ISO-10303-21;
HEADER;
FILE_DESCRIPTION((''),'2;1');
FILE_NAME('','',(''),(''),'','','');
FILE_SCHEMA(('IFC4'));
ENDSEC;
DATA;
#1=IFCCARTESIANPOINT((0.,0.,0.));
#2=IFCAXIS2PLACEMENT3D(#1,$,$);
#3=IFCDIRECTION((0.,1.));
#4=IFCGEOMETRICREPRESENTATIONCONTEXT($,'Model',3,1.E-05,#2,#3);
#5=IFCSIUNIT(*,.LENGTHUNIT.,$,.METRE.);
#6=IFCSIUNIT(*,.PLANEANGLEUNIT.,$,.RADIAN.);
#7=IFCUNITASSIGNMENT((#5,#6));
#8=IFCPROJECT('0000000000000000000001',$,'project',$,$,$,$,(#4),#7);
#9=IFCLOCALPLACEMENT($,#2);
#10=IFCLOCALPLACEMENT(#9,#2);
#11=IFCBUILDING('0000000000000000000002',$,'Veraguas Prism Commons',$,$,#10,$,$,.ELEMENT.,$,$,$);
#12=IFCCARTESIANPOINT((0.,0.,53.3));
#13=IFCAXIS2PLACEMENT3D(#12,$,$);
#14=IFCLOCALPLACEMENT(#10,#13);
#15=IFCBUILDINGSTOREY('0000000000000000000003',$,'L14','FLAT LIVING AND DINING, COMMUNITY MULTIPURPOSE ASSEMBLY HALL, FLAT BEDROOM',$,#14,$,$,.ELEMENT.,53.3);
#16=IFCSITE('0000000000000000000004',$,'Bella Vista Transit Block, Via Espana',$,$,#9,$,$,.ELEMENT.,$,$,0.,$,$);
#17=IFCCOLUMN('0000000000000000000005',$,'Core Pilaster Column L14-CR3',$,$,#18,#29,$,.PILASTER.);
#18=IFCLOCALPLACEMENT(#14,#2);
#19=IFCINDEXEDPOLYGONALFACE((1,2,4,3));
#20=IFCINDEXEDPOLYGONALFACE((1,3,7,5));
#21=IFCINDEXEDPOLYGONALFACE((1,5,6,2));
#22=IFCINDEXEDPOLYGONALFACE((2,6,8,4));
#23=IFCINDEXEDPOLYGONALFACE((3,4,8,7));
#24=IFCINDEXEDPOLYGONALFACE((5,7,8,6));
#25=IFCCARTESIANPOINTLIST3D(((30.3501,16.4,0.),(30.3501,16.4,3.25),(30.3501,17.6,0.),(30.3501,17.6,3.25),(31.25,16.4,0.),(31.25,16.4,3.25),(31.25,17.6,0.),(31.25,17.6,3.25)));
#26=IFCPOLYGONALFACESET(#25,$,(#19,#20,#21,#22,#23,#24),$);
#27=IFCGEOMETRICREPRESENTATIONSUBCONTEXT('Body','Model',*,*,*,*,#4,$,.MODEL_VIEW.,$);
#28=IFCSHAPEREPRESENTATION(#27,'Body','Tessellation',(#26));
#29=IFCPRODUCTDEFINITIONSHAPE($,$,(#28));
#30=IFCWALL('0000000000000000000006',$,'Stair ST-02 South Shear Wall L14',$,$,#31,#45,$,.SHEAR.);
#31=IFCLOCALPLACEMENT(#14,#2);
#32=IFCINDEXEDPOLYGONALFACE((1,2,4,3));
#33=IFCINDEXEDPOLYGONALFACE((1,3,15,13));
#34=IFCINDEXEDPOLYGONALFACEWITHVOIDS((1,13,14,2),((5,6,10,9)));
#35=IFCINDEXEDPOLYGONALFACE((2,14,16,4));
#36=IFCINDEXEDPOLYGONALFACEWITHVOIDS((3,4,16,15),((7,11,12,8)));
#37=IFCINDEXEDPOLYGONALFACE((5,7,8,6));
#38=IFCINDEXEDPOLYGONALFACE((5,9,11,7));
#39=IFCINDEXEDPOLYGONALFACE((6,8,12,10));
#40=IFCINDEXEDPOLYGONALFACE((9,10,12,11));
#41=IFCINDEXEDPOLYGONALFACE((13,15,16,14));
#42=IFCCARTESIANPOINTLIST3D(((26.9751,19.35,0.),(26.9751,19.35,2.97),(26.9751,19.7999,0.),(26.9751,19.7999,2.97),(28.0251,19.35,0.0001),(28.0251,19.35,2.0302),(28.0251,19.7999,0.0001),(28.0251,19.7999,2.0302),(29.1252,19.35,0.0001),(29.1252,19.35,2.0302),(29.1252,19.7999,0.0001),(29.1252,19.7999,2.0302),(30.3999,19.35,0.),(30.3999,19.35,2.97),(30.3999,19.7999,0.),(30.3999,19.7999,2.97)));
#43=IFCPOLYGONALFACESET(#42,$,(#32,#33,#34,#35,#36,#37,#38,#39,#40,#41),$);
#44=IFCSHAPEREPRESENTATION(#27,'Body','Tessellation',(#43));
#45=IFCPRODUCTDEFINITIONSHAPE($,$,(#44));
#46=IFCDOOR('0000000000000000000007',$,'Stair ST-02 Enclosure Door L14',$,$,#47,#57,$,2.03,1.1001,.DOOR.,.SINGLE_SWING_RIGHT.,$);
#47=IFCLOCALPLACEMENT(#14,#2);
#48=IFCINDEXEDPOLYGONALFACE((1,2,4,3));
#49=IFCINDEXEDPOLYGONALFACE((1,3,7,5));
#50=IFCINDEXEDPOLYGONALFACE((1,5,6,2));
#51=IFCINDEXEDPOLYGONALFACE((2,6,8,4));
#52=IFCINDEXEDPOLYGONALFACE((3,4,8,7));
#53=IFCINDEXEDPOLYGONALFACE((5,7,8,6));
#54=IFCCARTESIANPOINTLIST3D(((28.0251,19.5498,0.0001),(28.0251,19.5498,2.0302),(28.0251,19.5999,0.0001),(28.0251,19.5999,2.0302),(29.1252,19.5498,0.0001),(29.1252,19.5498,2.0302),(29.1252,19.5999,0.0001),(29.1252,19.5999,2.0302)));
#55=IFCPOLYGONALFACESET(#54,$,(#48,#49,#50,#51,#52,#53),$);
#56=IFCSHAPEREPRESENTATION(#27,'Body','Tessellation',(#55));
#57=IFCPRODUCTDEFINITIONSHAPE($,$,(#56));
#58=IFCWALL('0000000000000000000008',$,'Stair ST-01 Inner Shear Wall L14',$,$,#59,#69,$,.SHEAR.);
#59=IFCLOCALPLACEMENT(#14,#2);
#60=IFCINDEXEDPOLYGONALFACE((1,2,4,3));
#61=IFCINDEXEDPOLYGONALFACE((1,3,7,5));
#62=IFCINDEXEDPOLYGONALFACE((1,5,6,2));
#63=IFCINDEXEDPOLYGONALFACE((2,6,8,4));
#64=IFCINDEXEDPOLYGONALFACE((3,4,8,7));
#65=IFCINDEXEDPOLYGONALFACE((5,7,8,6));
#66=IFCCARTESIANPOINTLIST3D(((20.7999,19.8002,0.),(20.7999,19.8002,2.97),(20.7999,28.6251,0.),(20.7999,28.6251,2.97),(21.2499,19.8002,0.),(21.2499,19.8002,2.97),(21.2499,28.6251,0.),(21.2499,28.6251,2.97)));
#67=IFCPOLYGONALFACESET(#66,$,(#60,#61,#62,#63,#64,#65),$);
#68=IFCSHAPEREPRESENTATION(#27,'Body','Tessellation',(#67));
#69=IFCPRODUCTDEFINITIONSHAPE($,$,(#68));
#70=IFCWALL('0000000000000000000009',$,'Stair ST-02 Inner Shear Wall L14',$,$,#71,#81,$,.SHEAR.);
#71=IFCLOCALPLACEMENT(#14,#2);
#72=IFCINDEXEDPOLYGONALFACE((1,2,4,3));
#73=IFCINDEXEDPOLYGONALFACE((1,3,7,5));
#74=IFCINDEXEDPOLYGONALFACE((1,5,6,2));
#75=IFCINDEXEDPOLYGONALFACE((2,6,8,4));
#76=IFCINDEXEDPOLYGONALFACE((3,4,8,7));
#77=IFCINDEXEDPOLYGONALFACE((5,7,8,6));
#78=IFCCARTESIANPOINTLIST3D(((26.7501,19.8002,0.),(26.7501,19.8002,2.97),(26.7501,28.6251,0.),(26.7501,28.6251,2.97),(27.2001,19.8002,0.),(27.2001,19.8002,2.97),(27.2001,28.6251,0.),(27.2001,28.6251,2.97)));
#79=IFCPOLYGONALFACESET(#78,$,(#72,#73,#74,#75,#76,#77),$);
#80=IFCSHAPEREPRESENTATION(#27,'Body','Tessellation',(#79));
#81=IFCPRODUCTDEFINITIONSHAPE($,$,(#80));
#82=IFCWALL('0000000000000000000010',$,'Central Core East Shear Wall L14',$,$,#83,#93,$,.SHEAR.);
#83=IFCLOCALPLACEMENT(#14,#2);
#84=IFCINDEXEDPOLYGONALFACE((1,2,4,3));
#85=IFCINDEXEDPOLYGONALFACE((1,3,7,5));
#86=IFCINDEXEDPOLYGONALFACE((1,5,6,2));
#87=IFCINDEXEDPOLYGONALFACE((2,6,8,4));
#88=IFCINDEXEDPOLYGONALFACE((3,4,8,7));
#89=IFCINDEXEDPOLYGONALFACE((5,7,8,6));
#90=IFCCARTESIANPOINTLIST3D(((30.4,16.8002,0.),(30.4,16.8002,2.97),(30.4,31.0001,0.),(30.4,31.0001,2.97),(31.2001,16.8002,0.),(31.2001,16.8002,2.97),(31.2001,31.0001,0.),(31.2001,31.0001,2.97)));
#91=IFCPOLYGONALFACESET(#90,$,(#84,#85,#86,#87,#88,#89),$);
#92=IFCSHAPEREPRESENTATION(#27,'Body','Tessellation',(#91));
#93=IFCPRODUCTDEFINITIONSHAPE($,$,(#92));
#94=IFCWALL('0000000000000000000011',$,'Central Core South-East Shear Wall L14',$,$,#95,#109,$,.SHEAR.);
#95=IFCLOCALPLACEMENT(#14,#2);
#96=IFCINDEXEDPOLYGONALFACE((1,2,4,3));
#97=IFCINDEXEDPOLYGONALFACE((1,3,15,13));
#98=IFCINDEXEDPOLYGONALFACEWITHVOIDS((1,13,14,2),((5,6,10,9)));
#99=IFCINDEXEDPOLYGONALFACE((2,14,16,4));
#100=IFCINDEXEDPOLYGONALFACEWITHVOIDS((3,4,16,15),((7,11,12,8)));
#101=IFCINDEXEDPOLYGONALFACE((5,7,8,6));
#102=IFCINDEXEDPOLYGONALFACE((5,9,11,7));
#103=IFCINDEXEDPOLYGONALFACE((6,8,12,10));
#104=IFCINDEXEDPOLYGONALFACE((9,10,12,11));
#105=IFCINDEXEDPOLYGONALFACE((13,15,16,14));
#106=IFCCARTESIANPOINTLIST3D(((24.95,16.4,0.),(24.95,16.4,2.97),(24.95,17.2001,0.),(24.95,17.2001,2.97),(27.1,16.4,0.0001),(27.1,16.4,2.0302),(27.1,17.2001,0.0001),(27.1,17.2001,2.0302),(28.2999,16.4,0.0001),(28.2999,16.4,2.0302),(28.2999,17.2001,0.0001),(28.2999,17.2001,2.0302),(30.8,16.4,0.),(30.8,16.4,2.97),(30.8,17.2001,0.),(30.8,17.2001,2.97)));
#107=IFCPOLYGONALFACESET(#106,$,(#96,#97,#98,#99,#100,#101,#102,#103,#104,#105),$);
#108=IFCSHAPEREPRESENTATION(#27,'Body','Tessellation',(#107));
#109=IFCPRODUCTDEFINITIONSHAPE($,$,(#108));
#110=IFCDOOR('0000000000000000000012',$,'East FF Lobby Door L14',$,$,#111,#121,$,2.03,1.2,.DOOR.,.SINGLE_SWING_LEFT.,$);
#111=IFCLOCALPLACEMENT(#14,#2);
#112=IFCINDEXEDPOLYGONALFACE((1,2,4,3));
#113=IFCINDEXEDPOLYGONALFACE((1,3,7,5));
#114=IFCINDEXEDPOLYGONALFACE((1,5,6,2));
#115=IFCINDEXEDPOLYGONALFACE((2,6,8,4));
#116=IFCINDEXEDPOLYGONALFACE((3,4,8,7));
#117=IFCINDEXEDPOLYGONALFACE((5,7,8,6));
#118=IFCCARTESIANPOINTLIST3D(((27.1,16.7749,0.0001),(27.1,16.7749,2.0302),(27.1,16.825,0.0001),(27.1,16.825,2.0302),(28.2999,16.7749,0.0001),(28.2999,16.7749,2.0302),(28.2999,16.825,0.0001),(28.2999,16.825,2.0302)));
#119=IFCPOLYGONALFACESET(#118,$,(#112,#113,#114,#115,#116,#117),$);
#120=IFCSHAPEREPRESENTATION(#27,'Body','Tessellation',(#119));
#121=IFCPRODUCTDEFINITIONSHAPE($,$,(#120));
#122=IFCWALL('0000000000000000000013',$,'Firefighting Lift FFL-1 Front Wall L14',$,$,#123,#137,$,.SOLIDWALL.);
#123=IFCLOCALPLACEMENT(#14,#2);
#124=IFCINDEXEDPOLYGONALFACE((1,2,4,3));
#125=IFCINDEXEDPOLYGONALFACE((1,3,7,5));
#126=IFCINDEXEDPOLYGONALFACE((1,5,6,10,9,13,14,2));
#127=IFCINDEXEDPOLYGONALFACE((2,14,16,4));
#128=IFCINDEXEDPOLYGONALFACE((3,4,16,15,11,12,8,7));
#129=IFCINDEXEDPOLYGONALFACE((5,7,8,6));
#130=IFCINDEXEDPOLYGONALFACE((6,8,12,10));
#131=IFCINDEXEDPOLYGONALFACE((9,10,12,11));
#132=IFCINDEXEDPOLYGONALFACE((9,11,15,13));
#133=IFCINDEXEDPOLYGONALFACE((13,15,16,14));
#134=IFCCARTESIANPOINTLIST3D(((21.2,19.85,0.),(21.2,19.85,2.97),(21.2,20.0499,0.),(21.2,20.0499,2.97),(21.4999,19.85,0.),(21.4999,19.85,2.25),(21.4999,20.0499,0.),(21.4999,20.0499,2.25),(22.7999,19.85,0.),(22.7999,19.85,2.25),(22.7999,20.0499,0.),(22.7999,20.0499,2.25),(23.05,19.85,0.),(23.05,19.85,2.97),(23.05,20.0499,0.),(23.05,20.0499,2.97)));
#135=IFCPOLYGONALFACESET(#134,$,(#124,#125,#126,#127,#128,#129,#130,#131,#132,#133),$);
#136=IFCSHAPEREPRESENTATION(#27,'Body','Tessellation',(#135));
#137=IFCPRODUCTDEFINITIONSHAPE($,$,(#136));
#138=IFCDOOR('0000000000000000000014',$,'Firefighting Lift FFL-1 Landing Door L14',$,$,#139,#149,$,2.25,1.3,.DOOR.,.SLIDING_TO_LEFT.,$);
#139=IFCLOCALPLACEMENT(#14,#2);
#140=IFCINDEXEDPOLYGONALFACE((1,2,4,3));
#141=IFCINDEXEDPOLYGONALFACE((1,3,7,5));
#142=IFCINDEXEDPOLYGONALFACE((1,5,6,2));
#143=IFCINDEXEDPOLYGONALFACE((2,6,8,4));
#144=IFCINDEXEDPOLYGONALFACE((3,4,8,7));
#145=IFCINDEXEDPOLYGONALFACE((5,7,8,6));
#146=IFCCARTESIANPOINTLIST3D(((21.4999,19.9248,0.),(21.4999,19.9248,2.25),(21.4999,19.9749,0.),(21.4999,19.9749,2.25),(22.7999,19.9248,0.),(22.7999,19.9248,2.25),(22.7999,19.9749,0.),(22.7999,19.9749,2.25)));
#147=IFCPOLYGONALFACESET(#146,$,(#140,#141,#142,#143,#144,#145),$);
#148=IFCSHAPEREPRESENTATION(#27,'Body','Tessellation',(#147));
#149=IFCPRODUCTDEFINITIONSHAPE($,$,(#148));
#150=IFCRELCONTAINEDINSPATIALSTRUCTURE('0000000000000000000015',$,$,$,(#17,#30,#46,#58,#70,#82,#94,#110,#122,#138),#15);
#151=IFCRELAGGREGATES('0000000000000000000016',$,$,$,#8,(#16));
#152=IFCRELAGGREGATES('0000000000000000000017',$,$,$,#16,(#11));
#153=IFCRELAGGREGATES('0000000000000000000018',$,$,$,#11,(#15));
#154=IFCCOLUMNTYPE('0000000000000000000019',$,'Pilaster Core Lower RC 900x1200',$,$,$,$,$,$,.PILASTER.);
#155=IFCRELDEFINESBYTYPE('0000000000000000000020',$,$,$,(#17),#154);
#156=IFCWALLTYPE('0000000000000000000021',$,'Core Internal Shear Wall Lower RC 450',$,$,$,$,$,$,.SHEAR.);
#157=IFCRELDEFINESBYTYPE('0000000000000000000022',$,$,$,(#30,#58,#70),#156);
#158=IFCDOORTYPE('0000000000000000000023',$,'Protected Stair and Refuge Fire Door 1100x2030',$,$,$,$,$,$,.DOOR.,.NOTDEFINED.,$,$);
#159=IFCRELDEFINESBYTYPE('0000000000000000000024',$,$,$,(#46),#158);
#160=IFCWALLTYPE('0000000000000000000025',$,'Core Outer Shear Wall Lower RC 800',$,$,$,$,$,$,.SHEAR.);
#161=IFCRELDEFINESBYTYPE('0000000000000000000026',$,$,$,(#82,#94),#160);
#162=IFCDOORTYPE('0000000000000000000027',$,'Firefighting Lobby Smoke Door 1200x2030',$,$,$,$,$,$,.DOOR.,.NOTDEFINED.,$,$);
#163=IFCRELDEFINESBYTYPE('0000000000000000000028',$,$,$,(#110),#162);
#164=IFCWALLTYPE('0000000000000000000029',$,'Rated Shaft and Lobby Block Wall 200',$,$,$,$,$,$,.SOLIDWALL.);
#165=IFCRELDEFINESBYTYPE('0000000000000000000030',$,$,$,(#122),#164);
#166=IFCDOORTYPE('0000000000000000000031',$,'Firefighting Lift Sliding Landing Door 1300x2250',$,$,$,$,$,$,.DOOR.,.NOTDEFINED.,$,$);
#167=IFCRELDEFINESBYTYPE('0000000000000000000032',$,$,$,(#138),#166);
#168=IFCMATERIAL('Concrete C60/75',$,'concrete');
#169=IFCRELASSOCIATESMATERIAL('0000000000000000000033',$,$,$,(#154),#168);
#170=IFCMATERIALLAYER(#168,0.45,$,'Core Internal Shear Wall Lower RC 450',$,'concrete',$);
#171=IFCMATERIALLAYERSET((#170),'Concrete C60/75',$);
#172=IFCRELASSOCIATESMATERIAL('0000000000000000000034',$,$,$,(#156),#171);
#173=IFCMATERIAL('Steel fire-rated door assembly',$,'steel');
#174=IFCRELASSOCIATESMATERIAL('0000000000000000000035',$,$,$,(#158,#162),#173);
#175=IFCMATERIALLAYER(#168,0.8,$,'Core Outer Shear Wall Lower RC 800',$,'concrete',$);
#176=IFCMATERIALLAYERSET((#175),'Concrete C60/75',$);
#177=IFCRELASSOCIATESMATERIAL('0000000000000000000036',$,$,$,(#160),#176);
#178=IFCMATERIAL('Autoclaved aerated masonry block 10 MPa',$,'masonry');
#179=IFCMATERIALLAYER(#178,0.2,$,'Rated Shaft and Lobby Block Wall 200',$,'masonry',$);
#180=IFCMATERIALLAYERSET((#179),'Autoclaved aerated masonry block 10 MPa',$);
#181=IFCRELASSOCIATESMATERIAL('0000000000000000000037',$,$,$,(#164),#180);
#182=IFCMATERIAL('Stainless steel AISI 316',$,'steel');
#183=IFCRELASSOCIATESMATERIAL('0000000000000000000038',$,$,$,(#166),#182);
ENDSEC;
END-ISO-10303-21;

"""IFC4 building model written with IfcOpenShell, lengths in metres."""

from ifc_helpers import new_model, si_unit, direction, frame, frame_2d, origin, origin_2d, place, context, subcontext, project, spatial, rectangle, extrude, source, transform, mapped, material, layer, layer_set, material_profile, profile_set, type_object, element, fill, save


model = new_model("IFC4")

# Units and contexts
model_context = context("Model", 3, precision=1e-05, world=origin(), true_north=direction((0.0, 1.0)))
body_context = subcontext(model_context, "Body", "Model", "MODEL_VIEW")
ifc_project = project(units=[si_unit("LENGTHUNIT", "METRE"), si_unit("PLANEANGLEUNIT", "RADIAN")], contexts=[model_context])

# Site, building, storey
site_placement = place(None, origin())
site = spatial("IfcSite", under=ifc_project, at=site_placement, Name="Bella Vista Transit Block, Via Espana", CompositionType="ELEMENT", RefElevation=0.0)
building_placement = place(site_placement, origin())
building = spatial("IfcBuilding", under=site, at=building_placement, Name="Veraguas Prism Commons", CompositionType="ELEMENT")
storey_placement = place(building_placement, frame((0.0, 0.0, 53.3)))
storey = spatial("IfcBuildingStorey", under=building, at=storey_placement, Name="L14", Description="FLAT LIVING AND DINING, COMMUNITY MULTIPURPOSE ASSEMBLY HALL, FLAT BEDROOM", CompositionType="ELEMENT", Elevation=53.3)

# Column
ifc_material_1 = material(Name="Concrete C60/75", Category="concrete")
ifc_material_profile = material_profile(ifc_material_1, rectangle(XDim=0.8999, YDim=1.2, at=origin_2d()), Name="RC900X1200")
ifc_profile_set = profile_set([ifc_material_profile], Name="Concrete C60/75")
column_type = type_object("IfcColumnType", Name="Pilaster Core Lower RC 900x1200", PredefinedType="PILASTER", material=ifc_profile_set)
column_placement = place(storey_placement, frame((30.8, 17.0, 0.0), z_axis=(0.0, 0.0, 1.0), x_axis=(1.0, 0.0, 0.0)))
element("IfcColumn", 1, at=column_placement, inside=storey, type_object=column_type, Name="Core Pilaster Column L14-CR3", PredefinedType="PILASTER", context=body_context, shape_type="SweptSolid", body=[
    extrude(rectangle(XDim=0.8999, YDim=1.2, at=origin_2d()), origin(), (0.0, 0.0, 1.0), 3.25),
])

# Wall, opening, door
ifc_layer_1 = layer(ifc_material_1, 0.45, Name="Core Internal Shear Wall Lower RC 450", Category="concrete")
ifc_layer_set_1 = layer_set([ifc_layer_1], Name="Concrete C60/75")
wall_type_1 = type_object("IfcWallType", Name="Core Internal Shear Wall Lower RC 450", PredefinedType="SHEAR", material=ifc_layer_set_1)
wall_1_placement = place(storey_placement, frame((26.9751, 19.575, 0.0), z_axis=(0.0, 0.0, 1.0), x_axis=(1.0, 0.0, 0.0)))
wall_1 = element("IfcWall", 2, at=wall_1_placement, inside=storey, type_object=wall_type_1, Name="Stair ST-02 South Shear Wall L14", PredefinedType="SHEAR", context=body_context, shape_type="SweptSolid", body=[
    extrude(rectangle(XDim=3.4248, YDim=0.45, at=frame_2d((1.7124, 0.0))), origin(), (0.0, 0.0, 1.0), 2.97),
])
opening_1_placement = place(wall_1_placement, frame((1.05, 0.0, 0.0)))
opening_1 = element("IfcOpeningElement", 3, at=opening_1_placement, cuts=wall_1, PredefinedType="OPENING", context=body_context, shape_type="SweptSolid", body=[
    extrude(rectangle(XDim=1.1001, YDim=2.03, at=frame_2d((0.55, 1.0151))), frame((0.0, 0.2349, 0.0), z_axis=(0.0, -1.0, 0.0), x_axis=(1.0, 0.0, 0.0)), (0.0, 0.0, 1.0), 0.47),
])
ifc_material_2 = material(Name="Steel fire-rated door assembly", Category="steel")
door_type_1 = type_object("IfcDoorType", Name="Protected Stair and Refuge Fire Door 1100x2030", OperationType="NOTDEFINED", PredefinedType="DOOR", material=ifc_material_2)
shared_shape_1 = source(origin(), body_context, "Body", "SweptSolid", [
    extrude(rectangle(XDim=1.1001, YDim=2.03, at=frame_2d((0.55, 1.0151))), frame((0.0, 0.0249, 0.0), z_axis=(0.0, -1.0, 0.0), x_axis=(1.0, 0.0, 0.0)), (0.0, 0.0, 1.0), 0.05),
])
door_1_placement = place(opening_1_placement, origin())
door_1 = element("IfcDoor", 4, at=door_1_placement, inside=storey, type_object=door_type_1, Name="Stair ST-02 Enclosure Door L14", OperationType="SINGLE_SWING_RIGHT", OverallHeight=2.03, OverallWidth=1.1001, PredefinedType="DOOR", context=body_context, shape_type="MappedRepresentation", body=[
    mapped(shared_shape_1, transform((0.0, 0.0, 0.0), scale=1.0)),
])
fill(opening_1, door_1)

# Walls
for number, where, z_axis, x_axis, name in (
    (5, (21.0249, 19.8, 0.0), (0.0, 0.0, 1.0), (0.0, 1.0, 0.0), "Stair ST-01 Inner Shear Wall L14"),
    (6, (26.9751, 19.8, 0.0), (0.0, 0.0, 1.0), (0.0, 1.0, 0.0), "Stair ST-02 Inner Shear Wall L14"),
):
    element("IfcWall", number, at=place(storey_placement, frame(where, z_axis=z_axis, x_axis=x_axis)), inside=storey, type_object=wall_type_1, Name=name, PredefinedType="SHEAR", context=body_context, shape_type="SweptSolid", body=[
        extrude(rectangle(XDim=8.825, YDim=0.45, at=frame_2d((4.4126, 0.0))), origin(), (0.0, 0.0, 1.0), 2.97),
    ])
ifc_layer_2 = layer(ifc_material_1, 0.8, Name="Core Outer Shear Wall Lower RC 800", Category="concrete")
ifc_layer_set_2 = layer_set([ifc_layer_2], Name="Concrete C60/75")
wall_type_2 = type_object("IfcWallType", Name="Core Outer Shear Wall Lower RC 800", PredefinedType="SHEAR", material=ifc_layer_set_2)
wall_2_placement = place(storey_placement, frame((30.8, 16.8, 0.0), z_axis=(0.0, 0.0, 1.0), x_axis=(0.0, 1.0, 0.0)))
element("IfcWall", 7, at=wall_2_placement, inside=storey, type_object=wall_type_2, Name="Central Core East Shear Wall L14", PredefinedType="SHEAR", context=body_context, shape_type="SweptSolid", body=[
    extrude(rectangle(XDim=14.2, YDim=0.8, at=frame_2d((7.1001, 0.0))), origin(), (0.0, 0.0, 1.0), 2.97),
])

# Walls, openings, doors
wall_3_placement = place(storey_placement, frame((24.95, 16.8, 0.0), z_axis=(0.0, 0.0, 1.0), x_axis=(1.0, 0.0, 0.0)))
wall_3 = element("IfcWall", 8, at=wall_3_placement, inside=storey, type_object=wall_type_2, Name="Central Core South-East Shear Wall L14", PredefinedType="SHEAR", context=body_context, shape_type="SweptSolid", body=[
    extrude(rectangle(XDim=5.8501, YDim=0.8, at=frame_2d((2.925, 0.0))), origin(), (0.0, 0.0, 1.0), 2.97),
])
opening_2_placement = place(wall_3_placement, frame((2.1499, 0.0, 0.0)))
opening_2 = element("IfcOpeningElement", 9, at=opening_2_placement, cuts=wall_3, PredefinedType="OPENING", context=body_context, shape_type="SweptSolid", body=[
    extrude(rectangle(XDim=1.2, YDim=2.03, at=frame_2d((0.6001, 1.0151))), frame((0.0, 0.4099, 0.0), z_axis=(0.0, -1.0, 0.0), x_axis=(1.0, 0.0, 0.0)), (0.0, 0.0, 1.0), 0.8201),
])
door_type_2 = type_object("IfcDoorType", Name="Firefighting Lobby Smoke Door 1200x2030", OperationType="NOTDEFINED", PredefinedType="DOOR", material=ifc_material_2)
shared_shape_2 = source(origin(), body_context, "Body", "SweptSolid", [
    extrude(rectangle(XDim=1.2, YDim=2.03, at=frame_2d((0.6001, 1.0151))), frame((0.0, 0.0249, 0.0), z_axis=(0.0, -1.0, 0.0), x_axis=(1.0, 0.0, 0.0)), (0.0, 0.0, 1.0), 0.05),
])
door_2_placement = place(opening_2_placement, origin())
door_2 = element("IfcDoor", 10, at=door_2_placement, inside=storey, type_object=door_type_2, Name="East FF Lobby Door L14", OperationType="SINGLE_SWING_LEFT", OverallHeight=2.03, OverallWidth=1.2, PredefinedType="DOOR", context=body_context, shape_type="MappedRepresentation", body=[
    mapped(shared_shape_2, transform((0.0, 0.0, 0.0), scale=1.0)),
])
fill(opening_2, door_2)
ifc_material_3 = material(Name="Autoclaved aerated masonry block 10 MPa", Category="masonry")
ifc_layer_3 = layer(ifc_material_3, 0.2, Name="Rated Shaft and Lobby Block Wall 200", Category="masonry")
ifc_layer_set_3 = layer_set([ifc_layer_3], Name="Autoclaved aerated masonry block 10 MPa")
wall_type_3 = type_object("IfcWallType", Name="Rated Shaft and Lobby Block Wall 200", PredefinedType="SOLIDWALL", material=ifc_layer_set_3)
wall_4_placement = place(storey_placement, frame((21.2, 19.95, 0.0), z_axis=(0.0, 0.0, 1.0), x_axis=(1.0, 0.0, 0.0)))
wall_4 = element("IfcWall", 11, at=wall_4_placement, inside=storey, type_object=wall_type_3, Name="Firefighting Lift FFL-1 Front Wall L14", PredefinedType="SOLIDWALL", context=body_context, shape_type="SweptSolid", body=[
    extrude(rectangle(XDim=1.8501, YDim=0.2, at=frame_2d((0.925, 0.0))), origin(), (0.0, 0.0, 1.0), 2.97),
])
opening_3_placement = place(wall_4_placement, frame((0.3, 0.0, 0.0)))
opening_3 = element("IfcOpeningElement", 12, at=opening_3_placement, cuts=wall_4, PredefinedType="OPENING", context=body_context, shape_type="SweptSolid", body=[
    extrude(rectangle(XDim=1.3, YDim=2.25, at=frame_2d((0.6499, 1.125))), frame((0.0, 0.1099, 0.0), z_axis=(0.0, -1.0, 0.0), x_axis=(1.0, 0.0, 0.0)), (0.0, 0.0, 1.0), 0.22),
])
ifc_material_4 = material(Name="Stainless steel AISI 316", Category="steel")
door_type_3 = type_object("IfcDoorType", Name="Firefighting Lift Sliding Landing Door 1300x2250", OperationType="NOTDEFINED", PredefinedType="DOOR", material=ifc_material_4)
shared_shape_3 = source(origin(), body_context, "Body", "SweptSolid", [
    extrude(rectangle(XDim=1.3, YDim=2.25, at=frame_2d((0.6499, 1.125))), frame((0.0, 0.0249, 0.0), z_axis=(0.0, -1.0, 0.0), x_axis=(1.0, 0.0, 0.0)), (0.0, 0.0, 1.0), 0.05),
])
door_3_placement = place(opening_3_placement, origin())
door_3 = element("IfcDoor", 13, at=door_3_placement, inside=storey, type_object=door_type_3, Name="Firefighting Lift FFL-1 Landing Door L14", OperationType="SLIDING_TO_LEFT", OverallHeight=2.25, OverallWidth=1.3, PredefinedType="DOOR", context=body_context, shape_type="MappedRepresentation", body=[
    mapped(shared_shape_3, transform((0.0, 0.0, 0.0), scale=1.0)),
])
fill(opening_3, door_3)

save(model, "model.ifc")
